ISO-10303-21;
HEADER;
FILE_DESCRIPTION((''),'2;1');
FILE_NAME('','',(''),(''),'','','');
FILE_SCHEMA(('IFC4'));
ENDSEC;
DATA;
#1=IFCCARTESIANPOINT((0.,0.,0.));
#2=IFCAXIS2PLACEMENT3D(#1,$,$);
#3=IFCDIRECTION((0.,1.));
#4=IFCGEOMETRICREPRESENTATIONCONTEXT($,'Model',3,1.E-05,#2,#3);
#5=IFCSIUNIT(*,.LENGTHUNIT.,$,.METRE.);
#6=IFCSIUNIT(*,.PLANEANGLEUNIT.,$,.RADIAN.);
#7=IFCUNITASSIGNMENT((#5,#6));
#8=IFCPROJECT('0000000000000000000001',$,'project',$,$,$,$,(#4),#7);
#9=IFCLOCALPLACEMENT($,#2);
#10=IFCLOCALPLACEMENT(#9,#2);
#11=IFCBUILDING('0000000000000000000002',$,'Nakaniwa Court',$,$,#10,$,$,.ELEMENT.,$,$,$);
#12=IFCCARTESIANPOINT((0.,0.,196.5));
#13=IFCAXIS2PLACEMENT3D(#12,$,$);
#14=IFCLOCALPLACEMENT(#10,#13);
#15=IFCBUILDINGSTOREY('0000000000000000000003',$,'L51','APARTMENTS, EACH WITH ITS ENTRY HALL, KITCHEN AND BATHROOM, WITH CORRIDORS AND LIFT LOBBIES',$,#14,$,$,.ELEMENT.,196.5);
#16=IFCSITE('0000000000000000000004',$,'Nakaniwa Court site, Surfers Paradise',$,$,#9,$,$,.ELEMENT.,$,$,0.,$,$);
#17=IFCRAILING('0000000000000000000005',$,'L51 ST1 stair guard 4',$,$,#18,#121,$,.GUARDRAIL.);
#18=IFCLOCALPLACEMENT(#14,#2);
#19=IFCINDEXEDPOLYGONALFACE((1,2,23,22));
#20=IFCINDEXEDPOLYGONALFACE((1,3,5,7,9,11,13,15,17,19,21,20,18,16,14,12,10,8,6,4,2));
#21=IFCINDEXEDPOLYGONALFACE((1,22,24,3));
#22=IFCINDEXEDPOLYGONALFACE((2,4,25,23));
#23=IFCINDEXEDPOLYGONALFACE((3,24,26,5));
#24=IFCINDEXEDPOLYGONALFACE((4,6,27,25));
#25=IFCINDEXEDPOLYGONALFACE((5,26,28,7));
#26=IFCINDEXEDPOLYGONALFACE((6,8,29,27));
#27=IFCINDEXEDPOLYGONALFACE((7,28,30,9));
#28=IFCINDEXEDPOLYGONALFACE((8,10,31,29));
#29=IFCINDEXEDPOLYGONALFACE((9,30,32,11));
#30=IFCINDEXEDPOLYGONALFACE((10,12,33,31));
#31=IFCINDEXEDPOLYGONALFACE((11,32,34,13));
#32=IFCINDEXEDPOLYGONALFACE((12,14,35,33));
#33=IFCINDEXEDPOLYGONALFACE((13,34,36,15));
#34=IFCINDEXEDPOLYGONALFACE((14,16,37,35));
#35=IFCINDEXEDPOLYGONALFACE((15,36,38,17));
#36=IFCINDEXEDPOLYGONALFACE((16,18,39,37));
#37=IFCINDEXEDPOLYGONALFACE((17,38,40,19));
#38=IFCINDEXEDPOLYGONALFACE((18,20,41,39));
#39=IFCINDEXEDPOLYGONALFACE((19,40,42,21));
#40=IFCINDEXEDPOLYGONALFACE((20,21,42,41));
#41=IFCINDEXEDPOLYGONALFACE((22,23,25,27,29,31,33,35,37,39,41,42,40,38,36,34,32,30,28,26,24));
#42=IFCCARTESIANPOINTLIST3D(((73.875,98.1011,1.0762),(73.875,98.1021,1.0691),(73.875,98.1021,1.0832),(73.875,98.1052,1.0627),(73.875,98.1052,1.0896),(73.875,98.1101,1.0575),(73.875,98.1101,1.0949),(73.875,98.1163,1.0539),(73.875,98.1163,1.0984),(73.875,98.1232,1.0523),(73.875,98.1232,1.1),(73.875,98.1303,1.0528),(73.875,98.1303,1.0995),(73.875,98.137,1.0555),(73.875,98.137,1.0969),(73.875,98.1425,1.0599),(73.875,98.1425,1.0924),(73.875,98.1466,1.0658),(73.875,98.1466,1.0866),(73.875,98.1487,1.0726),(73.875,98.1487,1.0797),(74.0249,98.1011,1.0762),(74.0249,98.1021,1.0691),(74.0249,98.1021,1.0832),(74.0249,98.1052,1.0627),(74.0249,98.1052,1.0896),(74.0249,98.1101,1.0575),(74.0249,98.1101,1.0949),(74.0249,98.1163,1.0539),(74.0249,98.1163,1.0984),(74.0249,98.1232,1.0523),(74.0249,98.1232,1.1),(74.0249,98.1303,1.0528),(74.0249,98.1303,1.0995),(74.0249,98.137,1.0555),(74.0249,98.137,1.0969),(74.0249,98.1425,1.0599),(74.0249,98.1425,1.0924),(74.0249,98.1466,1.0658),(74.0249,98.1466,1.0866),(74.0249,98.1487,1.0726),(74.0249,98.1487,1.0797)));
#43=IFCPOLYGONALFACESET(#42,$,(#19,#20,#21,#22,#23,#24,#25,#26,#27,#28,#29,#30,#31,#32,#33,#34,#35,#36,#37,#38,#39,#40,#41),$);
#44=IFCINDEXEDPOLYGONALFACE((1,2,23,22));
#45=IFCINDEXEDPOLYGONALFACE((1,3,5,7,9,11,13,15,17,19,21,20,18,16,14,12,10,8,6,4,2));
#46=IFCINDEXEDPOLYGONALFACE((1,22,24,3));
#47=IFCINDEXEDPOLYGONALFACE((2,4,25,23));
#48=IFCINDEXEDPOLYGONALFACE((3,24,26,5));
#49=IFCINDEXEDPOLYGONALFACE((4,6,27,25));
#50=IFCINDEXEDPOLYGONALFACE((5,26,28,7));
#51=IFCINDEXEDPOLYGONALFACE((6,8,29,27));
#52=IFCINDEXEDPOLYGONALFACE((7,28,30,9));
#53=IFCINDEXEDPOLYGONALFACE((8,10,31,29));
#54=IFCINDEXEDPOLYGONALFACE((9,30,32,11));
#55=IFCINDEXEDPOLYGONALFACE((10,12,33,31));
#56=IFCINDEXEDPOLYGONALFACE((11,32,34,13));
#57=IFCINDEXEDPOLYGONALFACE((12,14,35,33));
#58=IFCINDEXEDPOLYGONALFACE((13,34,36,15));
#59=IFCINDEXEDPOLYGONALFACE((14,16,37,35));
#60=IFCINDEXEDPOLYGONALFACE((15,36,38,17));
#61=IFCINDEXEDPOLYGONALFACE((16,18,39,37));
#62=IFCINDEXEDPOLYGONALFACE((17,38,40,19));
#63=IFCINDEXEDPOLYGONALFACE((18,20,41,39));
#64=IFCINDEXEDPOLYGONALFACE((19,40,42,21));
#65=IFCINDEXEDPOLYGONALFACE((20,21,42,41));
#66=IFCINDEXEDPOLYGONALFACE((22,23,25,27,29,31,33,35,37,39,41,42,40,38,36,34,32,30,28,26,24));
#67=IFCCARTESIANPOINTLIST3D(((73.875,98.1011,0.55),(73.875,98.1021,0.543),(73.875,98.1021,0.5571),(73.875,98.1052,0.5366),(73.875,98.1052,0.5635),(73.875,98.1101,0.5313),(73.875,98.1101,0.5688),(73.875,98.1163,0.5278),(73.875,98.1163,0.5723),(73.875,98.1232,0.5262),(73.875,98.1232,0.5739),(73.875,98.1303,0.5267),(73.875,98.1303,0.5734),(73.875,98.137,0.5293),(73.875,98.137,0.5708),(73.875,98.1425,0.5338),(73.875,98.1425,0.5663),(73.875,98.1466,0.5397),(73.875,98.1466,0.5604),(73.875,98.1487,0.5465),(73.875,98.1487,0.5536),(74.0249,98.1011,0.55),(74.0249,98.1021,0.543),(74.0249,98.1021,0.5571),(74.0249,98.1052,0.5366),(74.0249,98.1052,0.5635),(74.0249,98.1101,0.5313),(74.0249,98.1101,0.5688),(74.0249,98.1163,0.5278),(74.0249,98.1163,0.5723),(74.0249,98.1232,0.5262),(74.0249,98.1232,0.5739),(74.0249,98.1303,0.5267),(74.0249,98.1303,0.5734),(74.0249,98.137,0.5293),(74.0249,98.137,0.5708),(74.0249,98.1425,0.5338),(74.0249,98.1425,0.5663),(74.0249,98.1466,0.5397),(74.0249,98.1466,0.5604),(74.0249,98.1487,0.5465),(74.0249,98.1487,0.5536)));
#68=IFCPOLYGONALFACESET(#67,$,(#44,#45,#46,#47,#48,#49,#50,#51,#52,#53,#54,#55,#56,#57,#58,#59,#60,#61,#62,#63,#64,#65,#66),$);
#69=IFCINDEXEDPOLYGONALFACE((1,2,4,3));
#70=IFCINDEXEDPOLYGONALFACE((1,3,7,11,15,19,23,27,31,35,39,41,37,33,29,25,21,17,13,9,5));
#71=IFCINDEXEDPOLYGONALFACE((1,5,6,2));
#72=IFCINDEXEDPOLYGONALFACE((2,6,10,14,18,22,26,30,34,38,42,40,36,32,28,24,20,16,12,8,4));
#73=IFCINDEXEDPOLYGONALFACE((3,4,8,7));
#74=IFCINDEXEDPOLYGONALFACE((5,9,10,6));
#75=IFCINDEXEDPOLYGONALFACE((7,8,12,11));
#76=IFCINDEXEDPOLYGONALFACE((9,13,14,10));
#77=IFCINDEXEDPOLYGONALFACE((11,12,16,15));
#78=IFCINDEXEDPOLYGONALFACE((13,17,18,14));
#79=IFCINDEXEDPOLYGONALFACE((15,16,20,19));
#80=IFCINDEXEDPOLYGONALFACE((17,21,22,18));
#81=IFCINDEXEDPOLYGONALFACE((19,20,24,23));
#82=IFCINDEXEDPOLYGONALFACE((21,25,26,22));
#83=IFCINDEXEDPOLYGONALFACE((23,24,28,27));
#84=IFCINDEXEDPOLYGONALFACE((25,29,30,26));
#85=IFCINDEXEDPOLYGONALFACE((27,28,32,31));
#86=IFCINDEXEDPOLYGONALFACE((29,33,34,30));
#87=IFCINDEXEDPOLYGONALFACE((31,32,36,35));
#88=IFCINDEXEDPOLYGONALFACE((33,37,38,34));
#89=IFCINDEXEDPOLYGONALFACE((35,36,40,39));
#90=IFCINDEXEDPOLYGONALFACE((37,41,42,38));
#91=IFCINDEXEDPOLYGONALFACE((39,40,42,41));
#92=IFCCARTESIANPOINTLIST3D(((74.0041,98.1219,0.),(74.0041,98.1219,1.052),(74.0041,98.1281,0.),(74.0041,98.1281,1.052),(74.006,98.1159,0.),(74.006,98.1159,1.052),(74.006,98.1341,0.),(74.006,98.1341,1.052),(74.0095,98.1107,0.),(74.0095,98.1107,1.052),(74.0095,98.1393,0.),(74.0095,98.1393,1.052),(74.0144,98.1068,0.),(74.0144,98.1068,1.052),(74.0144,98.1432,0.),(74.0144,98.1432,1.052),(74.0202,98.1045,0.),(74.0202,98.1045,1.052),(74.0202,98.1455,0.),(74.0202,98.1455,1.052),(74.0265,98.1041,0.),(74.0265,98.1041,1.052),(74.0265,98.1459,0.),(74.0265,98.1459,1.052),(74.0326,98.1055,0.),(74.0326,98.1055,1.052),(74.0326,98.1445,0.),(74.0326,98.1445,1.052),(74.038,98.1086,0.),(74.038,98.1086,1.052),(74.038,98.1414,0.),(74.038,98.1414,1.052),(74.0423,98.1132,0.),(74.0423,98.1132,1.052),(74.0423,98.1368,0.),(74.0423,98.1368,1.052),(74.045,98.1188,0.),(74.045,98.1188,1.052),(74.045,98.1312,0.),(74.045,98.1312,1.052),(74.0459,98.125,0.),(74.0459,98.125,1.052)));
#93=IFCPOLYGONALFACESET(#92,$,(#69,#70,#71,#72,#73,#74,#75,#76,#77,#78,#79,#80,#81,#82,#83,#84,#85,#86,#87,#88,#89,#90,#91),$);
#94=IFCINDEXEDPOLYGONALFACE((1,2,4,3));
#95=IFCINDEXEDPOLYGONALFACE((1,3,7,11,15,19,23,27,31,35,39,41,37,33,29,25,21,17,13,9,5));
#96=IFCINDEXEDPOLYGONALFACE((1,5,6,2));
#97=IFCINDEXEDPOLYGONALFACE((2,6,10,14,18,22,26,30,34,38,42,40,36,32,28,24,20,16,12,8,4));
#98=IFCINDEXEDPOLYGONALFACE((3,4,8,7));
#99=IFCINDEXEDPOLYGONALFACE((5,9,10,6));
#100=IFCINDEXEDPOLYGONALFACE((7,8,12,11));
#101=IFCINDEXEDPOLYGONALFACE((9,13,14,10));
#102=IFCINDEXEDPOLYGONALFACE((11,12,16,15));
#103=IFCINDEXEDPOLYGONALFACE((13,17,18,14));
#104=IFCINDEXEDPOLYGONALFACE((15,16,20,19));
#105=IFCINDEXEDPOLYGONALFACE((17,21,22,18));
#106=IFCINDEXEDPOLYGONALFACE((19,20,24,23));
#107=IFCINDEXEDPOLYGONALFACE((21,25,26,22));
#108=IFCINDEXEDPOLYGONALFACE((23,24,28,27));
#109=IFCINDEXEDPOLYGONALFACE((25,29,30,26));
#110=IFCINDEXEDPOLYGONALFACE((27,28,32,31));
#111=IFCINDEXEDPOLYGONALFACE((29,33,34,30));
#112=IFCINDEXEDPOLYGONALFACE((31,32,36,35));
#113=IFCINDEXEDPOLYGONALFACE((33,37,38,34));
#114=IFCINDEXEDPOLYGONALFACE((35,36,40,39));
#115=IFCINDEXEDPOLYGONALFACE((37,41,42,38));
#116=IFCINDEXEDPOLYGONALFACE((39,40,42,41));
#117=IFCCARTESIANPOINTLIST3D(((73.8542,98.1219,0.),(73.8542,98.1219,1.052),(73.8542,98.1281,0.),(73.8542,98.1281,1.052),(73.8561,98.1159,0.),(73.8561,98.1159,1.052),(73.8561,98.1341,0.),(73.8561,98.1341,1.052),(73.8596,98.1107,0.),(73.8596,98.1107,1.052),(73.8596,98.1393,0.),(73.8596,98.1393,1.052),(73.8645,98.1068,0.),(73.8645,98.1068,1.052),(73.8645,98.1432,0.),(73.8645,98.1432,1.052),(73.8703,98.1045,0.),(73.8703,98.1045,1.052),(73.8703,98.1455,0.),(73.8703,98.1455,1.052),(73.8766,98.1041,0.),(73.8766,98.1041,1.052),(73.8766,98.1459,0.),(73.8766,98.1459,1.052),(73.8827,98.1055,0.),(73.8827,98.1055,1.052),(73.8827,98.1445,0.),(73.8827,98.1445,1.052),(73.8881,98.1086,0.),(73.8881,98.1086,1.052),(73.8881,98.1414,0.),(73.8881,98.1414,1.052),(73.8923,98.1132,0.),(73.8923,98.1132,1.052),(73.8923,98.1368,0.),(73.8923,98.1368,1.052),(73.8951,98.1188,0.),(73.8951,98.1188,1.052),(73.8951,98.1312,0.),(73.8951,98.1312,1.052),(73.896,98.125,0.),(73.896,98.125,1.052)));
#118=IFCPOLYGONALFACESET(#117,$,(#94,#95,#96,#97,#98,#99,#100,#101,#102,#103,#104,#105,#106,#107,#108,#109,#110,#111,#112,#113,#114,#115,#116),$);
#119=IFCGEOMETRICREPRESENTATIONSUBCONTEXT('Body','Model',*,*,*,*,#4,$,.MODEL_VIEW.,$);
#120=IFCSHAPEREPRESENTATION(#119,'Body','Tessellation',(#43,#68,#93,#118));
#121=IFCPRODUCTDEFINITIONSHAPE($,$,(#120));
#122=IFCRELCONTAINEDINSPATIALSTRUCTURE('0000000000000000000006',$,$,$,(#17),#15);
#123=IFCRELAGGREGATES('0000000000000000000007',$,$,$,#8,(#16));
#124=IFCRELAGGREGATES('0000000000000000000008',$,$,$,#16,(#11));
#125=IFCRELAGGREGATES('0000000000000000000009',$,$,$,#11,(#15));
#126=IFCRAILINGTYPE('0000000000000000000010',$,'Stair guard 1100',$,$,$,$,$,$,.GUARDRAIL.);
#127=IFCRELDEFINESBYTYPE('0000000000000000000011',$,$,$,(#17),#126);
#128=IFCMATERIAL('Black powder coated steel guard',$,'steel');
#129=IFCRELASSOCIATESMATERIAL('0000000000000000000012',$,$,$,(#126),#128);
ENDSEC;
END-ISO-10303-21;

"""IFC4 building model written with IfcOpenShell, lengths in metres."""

from ifc_helpers import new_model, si_unit, direction, frame, origin, origin_2d, place, context, subcontext, project, spatial, circle, extrude, material, type_object, element, save


model = new_model("IFC4")

# Units and contexts
model_context = context("Model", 3, precision=1e-05, world=origin(), true_north=direction((0.0, 1.0)))
body_context = subcontext(model_context, "Body", "Model", "MODEL_VIEW")
ifc_project = project(units=[si_unit("LENGTHUNIT", "METRE"), si_unit("PLANEANGLEUNIT", "RADIAN")], contexts=[model_context])

# Site, building, storey
site_placement = place(None, origin())
site = spatial("IfcSite", under=ifc_project, at=site_placement, Name="Nakaniwa Court site, Surfers Paradise", CompositionType="ELEMENT", RefElevation=0.0)
building_placement = place(site_placement, origin())
building = spatial("IfcBuilding", under=site, at=building_placement, Name="Nakaniwa Court", CompositionType="ELEMENT")
storey_placement = place(building_placement, frame((0.0, 0.0, 196.5)))
storey = spatial("IfcBuildingStorey", under=building, at=storey_placement, Name="L51", Description="APARTMENTS, EACH WITH ITS ENTRY HALL, KITCHEN AND BATHROOM, WITH CORRIDORS AND LIFT LOBBIES", CompositionType="ELEMENT", Elevation=196.5)

# Railing
ifc_material_1 = material(Name="Black powder coated steel guard", Category="steel")
railing_type_1 = type_object("IfcRailingType", Name="Stair guard 1100", PredefinedType="GUARDRAIL", material=ifc_material_1)
railing_1_placement = place(storey_placement, frame((74.0249, 98.125, 0.0)))
element("IfcRailing", 1, at=railing_1_placement, inside=storey, type_object=railing_type_1, Name="L51 ST1 stair guard 4", PredefinedType="GUARDRAIL", context=body_context, shape_type="SweptSolid", body=[
    extrude(circle(Radius=0.0239, at=origin_2d()), frame((0.0, 0.0, 1.0762), z_axis=(-1.0, 0.0, 0.0), x_axis=(0.0, -1.0, 0.0)), (0.0, 0.0, 1.0), 0.1499),
    extrude(circle(Radius=0.0239, at=origin_2d()), frame((0.0, 0.0, 0.55), z_axis=(-1.0, 0.0, 0.0), x_axis=(0.0, -1.0, 0.0)), (0.0, 0.0, 1.0), 0.1499),
    extrude(circle(Radius=0.021, at=origin_2d()), origin(), (0.0, 0.0, 1.0), 1.052),
    extrude(circle(Radius=0.021, at=origin_2d()), frame((-0.1499, 0.0, 0.0)), (0.0, 0.0, 1.0), 1.052),
])

save(model, "model.ifc")
